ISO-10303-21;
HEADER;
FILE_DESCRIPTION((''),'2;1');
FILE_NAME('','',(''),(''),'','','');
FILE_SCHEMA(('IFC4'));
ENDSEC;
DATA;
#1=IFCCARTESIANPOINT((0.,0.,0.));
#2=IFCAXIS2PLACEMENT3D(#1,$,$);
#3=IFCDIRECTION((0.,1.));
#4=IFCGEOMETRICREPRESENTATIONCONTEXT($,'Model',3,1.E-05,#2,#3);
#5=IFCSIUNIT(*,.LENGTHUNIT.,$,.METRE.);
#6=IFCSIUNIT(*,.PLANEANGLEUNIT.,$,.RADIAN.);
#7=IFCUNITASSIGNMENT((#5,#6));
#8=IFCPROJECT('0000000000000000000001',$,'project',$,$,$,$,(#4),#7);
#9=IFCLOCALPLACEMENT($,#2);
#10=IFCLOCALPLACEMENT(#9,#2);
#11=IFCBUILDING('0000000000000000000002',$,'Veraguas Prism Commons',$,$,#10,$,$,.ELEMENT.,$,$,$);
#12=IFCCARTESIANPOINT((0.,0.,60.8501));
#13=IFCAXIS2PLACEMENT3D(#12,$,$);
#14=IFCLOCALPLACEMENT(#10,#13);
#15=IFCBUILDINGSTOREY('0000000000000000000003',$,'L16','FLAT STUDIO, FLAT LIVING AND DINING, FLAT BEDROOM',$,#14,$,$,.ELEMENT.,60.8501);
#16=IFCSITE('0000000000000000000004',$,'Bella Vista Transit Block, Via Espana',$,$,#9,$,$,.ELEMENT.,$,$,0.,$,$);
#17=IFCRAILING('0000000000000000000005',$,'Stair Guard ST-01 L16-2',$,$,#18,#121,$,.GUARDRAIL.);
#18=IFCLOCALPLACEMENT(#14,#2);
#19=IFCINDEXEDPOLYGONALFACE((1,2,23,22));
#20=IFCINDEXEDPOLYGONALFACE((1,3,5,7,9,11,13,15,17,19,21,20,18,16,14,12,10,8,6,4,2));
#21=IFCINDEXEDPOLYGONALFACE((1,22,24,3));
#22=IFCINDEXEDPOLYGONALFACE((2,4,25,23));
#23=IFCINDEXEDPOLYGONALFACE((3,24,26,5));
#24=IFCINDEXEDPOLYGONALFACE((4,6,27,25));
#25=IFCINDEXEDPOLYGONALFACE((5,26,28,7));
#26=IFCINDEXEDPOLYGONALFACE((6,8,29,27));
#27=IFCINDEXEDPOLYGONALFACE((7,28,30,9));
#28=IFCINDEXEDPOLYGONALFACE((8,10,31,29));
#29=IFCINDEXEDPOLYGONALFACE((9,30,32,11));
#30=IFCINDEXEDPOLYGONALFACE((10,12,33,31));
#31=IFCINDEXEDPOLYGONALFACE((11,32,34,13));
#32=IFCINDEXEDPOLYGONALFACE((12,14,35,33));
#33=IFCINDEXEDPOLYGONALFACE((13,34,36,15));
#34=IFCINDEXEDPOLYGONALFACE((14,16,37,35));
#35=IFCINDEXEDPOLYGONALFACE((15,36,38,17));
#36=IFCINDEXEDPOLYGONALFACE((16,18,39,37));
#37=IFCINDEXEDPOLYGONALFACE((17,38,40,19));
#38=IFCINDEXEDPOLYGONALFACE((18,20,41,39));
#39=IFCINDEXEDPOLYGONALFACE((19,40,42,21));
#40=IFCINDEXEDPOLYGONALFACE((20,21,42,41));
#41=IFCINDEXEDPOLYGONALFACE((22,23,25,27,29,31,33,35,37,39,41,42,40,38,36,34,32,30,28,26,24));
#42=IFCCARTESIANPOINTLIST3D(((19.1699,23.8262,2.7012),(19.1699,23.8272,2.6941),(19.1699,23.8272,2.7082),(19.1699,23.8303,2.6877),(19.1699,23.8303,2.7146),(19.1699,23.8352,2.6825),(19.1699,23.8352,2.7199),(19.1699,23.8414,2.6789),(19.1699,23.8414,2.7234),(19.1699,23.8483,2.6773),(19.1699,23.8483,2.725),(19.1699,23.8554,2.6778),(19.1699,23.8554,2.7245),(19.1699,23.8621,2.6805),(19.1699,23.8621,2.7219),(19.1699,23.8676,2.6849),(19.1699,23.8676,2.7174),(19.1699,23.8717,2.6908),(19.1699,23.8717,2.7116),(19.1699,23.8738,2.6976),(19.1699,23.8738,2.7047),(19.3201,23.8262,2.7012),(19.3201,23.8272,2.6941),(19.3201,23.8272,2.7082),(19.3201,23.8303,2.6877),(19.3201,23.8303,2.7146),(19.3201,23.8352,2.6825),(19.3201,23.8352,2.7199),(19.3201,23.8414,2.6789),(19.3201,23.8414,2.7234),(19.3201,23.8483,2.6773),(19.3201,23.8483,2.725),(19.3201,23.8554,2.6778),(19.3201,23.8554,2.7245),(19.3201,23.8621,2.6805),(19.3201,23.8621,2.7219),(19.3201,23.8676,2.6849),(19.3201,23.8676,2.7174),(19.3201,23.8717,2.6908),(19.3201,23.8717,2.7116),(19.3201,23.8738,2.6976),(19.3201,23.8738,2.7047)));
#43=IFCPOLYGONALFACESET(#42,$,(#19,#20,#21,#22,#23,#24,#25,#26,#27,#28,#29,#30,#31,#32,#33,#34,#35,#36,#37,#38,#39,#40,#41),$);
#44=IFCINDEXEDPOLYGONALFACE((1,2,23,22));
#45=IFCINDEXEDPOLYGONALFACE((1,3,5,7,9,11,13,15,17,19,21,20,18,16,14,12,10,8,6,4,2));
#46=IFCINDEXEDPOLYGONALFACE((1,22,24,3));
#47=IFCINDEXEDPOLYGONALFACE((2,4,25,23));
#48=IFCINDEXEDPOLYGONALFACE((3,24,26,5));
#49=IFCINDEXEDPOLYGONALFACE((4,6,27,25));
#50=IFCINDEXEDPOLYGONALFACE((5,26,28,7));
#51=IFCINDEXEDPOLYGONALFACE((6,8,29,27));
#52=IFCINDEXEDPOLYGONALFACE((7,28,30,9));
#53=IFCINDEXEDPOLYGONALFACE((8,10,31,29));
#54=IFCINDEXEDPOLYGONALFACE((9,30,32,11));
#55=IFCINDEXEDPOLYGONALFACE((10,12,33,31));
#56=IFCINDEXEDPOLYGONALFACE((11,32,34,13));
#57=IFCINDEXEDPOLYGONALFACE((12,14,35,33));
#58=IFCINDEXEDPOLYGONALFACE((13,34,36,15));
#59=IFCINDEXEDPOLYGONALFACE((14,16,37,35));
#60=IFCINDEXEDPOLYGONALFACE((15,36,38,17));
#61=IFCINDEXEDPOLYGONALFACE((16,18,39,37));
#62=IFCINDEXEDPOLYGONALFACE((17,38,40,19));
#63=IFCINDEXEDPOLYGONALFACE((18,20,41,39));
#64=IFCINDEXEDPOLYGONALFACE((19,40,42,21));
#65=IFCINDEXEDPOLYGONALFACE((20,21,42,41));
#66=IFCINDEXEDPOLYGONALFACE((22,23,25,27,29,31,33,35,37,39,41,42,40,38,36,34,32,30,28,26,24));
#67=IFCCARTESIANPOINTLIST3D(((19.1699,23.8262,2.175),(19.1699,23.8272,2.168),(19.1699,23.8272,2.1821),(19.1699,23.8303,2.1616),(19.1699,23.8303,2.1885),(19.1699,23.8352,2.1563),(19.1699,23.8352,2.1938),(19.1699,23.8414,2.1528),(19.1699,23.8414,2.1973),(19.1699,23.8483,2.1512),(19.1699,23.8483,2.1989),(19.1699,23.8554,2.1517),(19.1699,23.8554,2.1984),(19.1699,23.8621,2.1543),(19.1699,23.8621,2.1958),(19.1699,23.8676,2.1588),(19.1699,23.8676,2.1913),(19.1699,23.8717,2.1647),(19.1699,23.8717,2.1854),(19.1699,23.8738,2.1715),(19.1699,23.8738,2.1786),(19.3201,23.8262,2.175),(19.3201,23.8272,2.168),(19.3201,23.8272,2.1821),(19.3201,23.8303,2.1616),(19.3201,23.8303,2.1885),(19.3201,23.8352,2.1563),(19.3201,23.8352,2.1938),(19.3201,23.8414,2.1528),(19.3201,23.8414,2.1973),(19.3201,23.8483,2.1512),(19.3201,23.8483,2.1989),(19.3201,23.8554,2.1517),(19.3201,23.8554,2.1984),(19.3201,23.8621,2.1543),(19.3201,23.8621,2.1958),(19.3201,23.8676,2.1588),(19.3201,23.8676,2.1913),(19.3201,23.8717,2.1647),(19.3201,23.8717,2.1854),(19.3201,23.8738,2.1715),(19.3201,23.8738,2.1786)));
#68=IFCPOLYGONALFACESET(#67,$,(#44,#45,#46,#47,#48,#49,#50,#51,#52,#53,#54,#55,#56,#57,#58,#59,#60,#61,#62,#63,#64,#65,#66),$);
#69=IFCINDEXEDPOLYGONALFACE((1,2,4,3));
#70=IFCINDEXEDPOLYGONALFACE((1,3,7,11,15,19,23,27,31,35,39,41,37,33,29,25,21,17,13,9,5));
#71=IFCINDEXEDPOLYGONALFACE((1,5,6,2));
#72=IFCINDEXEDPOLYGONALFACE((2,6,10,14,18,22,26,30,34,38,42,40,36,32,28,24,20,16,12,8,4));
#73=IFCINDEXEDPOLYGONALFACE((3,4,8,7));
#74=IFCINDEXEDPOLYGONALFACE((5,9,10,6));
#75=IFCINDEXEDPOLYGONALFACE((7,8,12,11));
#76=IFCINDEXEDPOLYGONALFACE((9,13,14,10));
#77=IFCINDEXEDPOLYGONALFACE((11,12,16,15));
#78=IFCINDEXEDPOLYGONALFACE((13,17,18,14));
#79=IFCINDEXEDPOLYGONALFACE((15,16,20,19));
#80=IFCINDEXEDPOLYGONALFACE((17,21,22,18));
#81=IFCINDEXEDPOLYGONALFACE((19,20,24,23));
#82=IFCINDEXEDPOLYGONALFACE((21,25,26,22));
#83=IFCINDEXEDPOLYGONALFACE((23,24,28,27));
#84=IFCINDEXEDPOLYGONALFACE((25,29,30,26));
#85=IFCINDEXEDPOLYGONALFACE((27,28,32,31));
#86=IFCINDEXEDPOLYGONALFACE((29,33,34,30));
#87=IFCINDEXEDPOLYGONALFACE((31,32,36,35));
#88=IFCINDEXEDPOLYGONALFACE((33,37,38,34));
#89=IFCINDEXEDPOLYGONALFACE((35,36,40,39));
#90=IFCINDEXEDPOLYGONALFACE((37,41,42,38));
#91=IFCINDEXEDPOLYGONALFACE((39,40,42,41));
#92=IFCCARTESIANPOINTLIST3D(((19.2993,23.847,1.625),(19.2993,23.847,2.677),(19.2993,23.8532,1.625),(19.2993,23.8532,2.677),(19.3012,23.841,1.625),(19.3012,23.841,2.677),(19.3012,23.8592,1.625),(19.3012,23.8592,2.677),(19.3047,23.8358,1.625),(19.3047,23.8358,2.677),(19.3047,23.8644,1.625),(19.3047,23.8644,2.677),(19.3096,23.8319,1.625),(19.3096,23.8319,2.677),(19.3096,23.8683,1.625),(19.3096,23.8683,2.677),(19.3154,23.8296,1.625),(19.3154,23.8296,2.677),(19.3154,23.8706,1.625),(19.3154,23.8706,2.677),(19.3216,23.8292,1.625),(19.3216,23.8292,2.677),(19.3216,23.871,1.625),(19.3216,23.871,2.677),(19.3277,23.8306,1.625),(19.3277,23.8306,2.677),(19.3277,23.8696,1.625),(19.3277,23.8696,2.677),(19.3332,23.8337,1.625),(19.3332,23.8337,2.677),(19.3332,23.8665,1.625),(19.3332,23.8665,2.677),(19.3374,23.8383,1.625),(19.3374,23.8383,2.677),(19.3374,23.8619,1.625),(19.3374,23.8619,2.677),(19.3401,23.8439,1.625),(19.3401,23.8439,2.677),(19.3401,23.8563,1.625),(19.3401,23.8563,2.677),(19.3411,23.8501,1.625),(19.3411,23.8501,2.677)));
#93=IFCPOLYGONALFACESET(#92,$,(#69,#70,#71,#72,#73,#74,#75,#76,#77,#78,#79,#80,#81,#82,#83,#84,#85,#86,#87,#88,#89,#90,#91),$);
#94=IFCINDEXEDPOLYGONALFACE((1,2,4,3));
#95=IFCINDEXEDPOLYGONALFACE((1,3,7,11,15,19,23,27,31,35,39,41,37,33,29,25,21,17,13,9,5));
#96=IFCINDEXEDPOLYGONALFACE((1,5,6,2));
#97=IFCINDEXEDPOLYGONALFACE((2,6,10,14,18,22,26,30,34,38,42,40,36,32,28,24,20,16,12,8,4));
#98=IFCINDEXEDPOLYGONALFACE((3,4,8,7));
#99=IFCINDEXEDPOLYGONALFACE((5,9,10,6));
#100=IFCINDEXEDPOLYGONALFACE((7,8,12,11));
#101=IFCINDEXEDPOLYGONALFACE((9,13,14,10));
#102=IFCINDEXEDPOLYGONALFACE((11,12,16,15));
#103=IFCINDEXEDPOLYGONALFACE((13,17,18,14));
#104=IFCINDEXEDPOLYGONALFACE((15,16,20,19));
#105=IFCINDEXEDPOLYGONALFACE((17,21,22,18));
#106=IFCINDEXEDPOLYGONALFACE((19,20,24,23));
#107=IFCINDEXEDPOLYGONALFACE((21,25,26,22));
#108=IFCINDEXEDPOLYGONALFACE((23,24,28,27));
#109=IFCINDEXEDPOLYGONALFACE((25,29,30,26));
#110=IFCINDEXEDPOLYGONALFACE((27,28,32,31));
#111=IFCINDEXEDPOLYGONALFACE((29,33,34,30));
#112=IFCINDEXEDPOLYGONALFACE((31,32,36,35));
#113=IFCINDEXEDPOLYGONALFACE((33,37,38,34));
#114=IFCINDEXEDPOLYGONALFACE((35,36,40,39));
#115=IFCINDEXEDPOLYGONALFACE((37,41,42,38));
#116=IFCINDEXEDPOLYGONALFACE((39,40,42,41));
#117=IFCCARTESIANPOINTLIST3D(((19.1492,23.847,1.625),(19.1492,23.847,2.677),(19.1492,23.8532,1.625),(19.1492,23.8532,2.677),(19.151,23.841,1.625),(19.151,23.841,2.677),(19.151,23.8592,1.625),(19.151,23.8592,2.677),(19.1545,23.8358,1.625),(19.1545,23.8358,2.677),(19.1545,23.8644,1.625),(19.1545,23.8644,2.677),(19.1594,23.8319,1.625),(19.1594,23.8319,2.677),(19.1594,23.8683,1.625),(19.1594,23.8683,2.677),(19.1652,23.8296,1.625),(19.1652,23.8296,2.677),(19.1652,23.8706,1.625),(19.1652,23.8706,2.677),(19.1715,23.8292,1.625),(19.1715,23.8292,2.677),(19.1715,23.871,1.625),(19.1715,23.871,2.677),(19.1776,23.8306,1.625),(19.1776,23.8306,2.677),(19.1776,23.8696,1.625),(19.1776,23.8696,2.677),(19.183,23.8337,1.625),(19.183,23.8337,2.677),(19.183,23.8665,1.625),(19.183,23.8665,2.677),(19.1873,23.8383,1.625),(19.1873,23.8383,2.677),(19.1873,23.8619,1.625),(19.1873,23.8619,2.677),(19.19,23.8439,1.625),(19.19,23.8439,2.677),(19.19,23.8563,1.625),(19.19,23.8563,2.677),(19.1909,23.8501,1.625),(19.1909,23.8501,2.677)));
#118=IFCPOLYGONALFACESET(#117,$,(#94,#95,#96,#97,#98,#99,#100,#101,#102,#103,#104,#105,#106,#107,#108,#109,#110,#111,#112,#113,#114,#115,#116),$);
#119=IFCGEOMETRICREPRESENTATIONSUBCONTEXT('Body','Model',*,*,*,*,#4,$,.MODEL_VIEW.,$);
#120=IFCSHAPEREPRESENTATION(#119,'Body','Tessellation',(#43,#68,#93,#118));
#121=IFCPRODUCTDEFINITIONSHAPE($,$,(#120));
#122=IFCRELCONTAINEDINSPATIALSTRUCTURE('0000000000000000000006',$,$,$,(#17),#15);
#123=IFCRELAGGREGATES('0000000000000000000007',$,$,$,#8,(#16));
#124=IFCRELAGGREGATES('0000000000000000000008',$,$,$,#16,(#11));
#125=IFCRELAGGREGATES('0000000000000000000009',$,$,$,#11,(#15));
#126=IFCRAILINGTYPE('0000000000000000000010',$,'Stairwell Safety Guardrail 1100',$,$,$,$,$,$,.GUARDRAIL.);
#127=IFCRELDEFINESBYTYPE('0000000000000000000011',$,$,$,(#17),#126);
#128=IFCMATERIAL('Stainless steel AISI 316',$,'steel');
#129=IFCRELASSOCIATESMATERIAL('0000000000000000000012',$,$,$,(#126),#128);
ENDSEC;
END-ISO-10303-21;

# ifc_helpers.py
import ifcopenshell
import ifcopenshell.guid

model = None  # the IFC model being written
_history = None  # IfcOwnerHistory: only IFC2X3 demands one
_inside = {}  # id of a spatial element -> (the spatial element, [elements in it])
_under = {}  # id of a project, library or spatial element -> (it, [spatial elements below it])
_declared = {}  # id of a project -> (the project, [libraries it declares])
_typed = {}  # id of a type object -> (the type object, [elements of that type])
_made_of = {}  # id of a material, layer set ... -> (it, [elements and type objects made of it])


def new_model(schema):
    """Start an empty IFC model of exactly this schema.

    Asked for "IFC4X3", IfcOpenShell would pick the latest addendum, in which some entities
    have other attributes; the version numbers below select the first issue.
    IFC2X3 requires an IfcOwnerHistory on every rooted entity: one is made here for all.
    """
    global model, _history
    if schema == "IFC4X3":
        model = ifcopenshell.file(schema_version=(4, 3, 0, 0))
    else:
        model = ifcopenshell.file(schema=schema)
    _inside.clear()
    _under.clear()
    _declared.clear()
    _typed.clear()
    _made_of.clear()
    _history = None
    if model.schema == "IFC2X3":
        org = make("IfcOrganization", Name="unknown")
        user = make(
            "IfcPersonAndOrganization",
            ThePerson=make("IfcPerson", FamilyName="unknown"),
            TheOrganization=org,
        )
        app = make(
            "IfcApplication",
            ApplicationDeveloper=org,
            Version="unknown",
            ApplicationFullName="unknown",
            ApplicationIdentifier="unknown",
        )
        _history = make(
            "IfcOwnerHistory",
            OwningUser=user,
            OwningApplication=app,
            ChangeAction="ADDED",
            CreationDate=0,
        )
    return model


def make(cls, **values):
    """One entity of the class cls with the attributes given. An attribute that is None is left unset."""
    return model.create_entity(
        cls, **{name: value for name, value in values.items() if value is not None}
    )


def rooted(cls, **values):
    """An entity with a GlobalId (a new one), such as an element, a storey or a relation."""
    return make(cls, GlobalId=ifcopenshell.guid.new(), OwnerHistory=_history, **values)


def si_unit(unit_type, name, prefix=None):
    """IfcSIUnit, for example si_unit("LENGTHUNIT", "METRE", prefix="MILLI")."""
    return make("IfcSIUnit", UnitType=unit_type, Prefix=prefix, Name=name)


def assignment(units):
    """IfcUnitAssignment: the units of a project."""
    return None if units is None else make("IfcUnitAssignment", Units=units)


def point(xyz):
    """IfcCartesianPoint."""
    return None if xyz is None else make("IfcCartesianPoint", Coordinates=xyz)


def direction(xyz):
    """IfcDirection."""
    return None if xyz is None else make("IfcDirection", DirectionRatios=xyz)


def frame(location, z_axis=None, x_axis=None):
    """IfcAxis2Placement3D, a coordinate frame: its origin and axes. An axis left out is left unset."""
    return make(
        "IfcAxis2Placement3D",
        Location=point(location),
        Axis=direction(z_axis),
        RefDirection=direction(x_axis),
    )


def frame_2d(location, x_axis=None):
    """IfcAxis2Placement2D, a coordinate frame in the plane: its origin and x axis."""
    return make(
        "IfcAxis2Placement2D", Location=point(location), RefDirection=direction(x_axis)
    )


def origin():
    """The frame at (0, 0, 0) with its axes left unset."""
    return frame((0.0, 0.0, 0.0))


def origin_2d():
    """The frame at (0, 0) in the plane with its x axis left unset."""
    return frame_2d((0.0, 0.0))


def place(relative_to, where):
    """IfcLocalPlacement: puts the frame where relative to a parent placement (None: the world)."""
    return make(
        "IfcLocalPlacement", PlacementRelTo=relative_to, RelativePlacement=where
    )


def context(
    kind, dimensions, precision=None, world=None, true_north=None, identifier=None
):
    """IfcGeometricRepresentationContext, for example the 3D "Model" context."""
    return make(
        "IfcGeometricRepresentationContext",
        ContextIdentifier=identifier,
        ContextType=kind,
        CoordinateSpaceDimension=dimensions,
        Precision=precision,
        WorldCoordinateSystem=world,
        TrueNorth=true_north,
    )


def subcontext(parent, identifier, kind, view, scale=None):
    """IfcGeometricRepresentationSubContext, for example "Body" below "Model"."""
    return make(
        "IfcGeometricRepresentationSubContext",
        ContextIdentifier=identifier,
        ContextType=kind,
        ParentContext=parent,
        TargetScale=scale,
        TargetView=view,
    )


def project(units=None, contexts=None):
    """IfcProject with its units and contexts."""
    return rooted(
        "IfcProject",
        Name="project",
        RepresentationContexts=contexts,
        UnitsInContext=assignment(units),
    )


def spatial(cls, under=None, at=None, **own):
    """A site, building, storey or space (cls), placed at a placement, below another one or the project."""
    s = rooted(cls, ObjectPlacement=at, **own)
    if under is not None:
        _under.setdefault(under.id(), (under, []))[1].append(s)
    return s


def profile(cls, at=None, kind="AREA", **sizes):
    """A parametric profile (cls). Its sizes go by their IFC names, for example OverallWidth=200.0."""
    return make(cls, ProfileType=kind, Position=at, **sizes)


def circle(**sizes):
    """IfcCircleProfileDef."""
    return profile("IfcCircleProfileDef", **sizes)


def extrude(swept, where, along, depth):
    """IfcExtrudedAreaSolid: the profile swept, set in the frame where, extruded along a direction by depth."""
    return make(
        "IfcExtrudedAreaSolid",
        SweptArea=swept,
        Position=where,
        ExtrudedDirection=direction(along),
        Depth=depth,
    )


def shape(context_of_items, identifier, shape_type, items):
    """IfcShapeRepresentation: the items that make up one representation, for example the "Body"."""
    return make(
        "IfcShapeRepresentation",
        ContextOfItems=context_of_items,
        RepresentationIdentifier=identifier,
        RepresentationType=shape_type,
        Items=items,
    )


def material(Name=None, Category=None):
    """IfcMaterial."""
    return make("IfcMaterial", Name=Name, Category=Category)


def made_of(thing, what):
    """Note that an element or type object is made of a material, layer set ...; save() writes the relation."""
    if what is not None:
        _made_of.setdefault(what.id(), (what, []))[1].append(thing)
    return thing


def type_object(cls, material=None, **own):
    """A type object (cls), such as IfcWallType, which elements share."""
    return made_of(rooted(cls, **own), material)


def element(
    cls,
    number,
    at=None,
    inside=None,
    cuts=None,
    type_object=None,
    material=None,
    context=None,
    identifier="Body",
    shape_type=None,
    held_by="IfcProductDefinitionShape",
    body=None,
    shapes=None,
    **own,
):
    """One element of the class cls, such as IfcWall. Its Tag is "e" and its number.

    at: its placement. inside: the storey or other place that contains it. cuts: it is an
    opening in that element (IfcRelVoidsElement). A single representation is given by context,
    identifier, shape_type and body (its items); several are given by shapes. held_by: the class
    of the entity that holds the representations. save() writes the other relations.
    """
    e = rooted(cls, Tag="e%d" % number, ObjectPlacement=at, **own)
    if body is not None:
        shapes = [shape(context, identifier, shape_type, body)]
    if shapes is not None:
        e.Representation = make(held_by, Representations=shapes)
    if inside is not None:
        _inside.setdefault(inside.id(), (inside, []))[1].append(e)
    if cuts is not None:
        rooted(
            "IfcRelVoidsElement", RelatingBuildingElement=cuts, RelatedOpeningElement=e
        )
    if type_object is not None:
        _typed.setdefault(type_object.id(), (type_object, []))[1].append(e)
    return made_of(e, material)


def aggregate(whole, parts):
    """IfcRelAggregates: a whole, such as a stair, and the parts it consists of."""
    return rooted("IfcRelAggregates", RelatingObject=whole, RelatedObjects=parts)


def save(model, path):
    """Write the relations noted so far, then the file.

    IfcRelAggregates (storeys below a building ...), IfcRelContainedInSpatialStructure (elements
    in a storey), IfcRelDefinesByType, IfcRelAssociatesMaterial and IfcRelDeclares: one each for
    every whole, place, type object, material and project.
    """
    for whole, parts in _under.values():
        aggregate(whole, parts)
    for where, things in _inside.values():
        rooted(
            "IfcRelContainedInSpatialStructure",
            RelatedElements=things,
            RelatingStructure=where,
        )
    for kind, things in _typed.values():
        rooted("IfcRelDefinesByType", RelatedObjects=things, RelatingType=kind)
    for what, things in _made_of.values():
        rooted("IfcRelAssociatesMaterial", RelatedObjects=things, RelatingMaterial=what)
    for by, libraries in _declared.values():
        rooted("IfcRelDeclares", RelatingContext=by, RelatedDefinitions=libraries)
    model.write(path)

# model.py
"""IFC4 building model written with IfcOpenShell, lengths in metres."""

from ifc_helpers import new_model, si_unit, direction, frame, origin, origin_2d, place, context, subcontext, project, spatial, circle, extrude, material, type_object, element, save


model = new_model("IFC4")

# Units and contexts
model_context = context("Model", 3, precision=1e-05, world=origin(), true_north=direction((0.0, 1.0)))
body_context = subcontext(model_context, "Body", "Model", "MODEL_VIEW")
ifc_project = project(units=[si_unit("LENGTHUNIT", "METRE"), si_unit("PLANEANGLEUNIT", "RADIAN")], contexts=[model_context])

# Site, building, storey
site_placement = place(None, origin())
site = spatial("IfcSite", under=ifc_project, at=site_placement, Name="Bella Vista Transit Block, Via Espana", CompositionType="ELEMENT", RefElevation=0.0)
building_placement = place(site_placement, origin())
building = spatial("IfcBuilding", under=site, at=building_placement, Name="Veraguas Prism Commons", CompositionType="ELEMENT")
storey_placement = place(building_placement, frame((0.0, 0.0, 60.8501)))
storey = spatial("IfcBuildingStorey", under=building, at=storey_placement, Name="L16", Description="FLAT STUDIO, FLAT LIVING AND DINING, FLAT BEDROOM", CompositionType="ELEMENT", Elevation=60.8501)

# Railing
ifc_material_1 = material(Name="Stainless steel AISI 316", Category="steel")
railing_type_1 = type_object("IfcRailingType", Name="Stairwell Safety Guardrail 1100", PredefinedType="GUARDRAIL", material=ifc_material_1)
railing_1_placement = place(storey_placement, frame((19.3201, 23.8501, 1.625)))
element("IfcRailing", 1, at=railing_1_placement, inside=storey, type_object=railing_type_1, Name="Stair Guard ST-01 L16-2", PredefinedType="GUARDRAIL", context=body_context, shape_type="SweptSolid", body=[
    extrude(circle(Radius=0.0239, at=origin_2d()), frame((0.0, 0.0, 1.0762), z_axis=(-1.0, 0.0, 0.0), x_axis=(0.0, -1.0, 0.0)), (0.0, 0.0, 1.0), 0.1501),
    extrude(circle(Radius=0.0239, at=origin_2d()), frame((0.0, 0.0, 0.55), z_axis=(-1.0, 0.0, 0.0), x_axis=(0.0, -1.0, 0.0)), (0.0, 0.0, 1.0), 0.1501),
    extrude(circle(Radius=0.021, at=origin_2d()), origin(), (0.0, 0.0, 1.0), 1.052),
    extrude(circle(Radius=0.021, at=origin_2d()), frame((-0.1501, 0.0, 0.0)), (0.0, 0.0, 1.0), 1.052),
])

save(model, "model.ifc")
